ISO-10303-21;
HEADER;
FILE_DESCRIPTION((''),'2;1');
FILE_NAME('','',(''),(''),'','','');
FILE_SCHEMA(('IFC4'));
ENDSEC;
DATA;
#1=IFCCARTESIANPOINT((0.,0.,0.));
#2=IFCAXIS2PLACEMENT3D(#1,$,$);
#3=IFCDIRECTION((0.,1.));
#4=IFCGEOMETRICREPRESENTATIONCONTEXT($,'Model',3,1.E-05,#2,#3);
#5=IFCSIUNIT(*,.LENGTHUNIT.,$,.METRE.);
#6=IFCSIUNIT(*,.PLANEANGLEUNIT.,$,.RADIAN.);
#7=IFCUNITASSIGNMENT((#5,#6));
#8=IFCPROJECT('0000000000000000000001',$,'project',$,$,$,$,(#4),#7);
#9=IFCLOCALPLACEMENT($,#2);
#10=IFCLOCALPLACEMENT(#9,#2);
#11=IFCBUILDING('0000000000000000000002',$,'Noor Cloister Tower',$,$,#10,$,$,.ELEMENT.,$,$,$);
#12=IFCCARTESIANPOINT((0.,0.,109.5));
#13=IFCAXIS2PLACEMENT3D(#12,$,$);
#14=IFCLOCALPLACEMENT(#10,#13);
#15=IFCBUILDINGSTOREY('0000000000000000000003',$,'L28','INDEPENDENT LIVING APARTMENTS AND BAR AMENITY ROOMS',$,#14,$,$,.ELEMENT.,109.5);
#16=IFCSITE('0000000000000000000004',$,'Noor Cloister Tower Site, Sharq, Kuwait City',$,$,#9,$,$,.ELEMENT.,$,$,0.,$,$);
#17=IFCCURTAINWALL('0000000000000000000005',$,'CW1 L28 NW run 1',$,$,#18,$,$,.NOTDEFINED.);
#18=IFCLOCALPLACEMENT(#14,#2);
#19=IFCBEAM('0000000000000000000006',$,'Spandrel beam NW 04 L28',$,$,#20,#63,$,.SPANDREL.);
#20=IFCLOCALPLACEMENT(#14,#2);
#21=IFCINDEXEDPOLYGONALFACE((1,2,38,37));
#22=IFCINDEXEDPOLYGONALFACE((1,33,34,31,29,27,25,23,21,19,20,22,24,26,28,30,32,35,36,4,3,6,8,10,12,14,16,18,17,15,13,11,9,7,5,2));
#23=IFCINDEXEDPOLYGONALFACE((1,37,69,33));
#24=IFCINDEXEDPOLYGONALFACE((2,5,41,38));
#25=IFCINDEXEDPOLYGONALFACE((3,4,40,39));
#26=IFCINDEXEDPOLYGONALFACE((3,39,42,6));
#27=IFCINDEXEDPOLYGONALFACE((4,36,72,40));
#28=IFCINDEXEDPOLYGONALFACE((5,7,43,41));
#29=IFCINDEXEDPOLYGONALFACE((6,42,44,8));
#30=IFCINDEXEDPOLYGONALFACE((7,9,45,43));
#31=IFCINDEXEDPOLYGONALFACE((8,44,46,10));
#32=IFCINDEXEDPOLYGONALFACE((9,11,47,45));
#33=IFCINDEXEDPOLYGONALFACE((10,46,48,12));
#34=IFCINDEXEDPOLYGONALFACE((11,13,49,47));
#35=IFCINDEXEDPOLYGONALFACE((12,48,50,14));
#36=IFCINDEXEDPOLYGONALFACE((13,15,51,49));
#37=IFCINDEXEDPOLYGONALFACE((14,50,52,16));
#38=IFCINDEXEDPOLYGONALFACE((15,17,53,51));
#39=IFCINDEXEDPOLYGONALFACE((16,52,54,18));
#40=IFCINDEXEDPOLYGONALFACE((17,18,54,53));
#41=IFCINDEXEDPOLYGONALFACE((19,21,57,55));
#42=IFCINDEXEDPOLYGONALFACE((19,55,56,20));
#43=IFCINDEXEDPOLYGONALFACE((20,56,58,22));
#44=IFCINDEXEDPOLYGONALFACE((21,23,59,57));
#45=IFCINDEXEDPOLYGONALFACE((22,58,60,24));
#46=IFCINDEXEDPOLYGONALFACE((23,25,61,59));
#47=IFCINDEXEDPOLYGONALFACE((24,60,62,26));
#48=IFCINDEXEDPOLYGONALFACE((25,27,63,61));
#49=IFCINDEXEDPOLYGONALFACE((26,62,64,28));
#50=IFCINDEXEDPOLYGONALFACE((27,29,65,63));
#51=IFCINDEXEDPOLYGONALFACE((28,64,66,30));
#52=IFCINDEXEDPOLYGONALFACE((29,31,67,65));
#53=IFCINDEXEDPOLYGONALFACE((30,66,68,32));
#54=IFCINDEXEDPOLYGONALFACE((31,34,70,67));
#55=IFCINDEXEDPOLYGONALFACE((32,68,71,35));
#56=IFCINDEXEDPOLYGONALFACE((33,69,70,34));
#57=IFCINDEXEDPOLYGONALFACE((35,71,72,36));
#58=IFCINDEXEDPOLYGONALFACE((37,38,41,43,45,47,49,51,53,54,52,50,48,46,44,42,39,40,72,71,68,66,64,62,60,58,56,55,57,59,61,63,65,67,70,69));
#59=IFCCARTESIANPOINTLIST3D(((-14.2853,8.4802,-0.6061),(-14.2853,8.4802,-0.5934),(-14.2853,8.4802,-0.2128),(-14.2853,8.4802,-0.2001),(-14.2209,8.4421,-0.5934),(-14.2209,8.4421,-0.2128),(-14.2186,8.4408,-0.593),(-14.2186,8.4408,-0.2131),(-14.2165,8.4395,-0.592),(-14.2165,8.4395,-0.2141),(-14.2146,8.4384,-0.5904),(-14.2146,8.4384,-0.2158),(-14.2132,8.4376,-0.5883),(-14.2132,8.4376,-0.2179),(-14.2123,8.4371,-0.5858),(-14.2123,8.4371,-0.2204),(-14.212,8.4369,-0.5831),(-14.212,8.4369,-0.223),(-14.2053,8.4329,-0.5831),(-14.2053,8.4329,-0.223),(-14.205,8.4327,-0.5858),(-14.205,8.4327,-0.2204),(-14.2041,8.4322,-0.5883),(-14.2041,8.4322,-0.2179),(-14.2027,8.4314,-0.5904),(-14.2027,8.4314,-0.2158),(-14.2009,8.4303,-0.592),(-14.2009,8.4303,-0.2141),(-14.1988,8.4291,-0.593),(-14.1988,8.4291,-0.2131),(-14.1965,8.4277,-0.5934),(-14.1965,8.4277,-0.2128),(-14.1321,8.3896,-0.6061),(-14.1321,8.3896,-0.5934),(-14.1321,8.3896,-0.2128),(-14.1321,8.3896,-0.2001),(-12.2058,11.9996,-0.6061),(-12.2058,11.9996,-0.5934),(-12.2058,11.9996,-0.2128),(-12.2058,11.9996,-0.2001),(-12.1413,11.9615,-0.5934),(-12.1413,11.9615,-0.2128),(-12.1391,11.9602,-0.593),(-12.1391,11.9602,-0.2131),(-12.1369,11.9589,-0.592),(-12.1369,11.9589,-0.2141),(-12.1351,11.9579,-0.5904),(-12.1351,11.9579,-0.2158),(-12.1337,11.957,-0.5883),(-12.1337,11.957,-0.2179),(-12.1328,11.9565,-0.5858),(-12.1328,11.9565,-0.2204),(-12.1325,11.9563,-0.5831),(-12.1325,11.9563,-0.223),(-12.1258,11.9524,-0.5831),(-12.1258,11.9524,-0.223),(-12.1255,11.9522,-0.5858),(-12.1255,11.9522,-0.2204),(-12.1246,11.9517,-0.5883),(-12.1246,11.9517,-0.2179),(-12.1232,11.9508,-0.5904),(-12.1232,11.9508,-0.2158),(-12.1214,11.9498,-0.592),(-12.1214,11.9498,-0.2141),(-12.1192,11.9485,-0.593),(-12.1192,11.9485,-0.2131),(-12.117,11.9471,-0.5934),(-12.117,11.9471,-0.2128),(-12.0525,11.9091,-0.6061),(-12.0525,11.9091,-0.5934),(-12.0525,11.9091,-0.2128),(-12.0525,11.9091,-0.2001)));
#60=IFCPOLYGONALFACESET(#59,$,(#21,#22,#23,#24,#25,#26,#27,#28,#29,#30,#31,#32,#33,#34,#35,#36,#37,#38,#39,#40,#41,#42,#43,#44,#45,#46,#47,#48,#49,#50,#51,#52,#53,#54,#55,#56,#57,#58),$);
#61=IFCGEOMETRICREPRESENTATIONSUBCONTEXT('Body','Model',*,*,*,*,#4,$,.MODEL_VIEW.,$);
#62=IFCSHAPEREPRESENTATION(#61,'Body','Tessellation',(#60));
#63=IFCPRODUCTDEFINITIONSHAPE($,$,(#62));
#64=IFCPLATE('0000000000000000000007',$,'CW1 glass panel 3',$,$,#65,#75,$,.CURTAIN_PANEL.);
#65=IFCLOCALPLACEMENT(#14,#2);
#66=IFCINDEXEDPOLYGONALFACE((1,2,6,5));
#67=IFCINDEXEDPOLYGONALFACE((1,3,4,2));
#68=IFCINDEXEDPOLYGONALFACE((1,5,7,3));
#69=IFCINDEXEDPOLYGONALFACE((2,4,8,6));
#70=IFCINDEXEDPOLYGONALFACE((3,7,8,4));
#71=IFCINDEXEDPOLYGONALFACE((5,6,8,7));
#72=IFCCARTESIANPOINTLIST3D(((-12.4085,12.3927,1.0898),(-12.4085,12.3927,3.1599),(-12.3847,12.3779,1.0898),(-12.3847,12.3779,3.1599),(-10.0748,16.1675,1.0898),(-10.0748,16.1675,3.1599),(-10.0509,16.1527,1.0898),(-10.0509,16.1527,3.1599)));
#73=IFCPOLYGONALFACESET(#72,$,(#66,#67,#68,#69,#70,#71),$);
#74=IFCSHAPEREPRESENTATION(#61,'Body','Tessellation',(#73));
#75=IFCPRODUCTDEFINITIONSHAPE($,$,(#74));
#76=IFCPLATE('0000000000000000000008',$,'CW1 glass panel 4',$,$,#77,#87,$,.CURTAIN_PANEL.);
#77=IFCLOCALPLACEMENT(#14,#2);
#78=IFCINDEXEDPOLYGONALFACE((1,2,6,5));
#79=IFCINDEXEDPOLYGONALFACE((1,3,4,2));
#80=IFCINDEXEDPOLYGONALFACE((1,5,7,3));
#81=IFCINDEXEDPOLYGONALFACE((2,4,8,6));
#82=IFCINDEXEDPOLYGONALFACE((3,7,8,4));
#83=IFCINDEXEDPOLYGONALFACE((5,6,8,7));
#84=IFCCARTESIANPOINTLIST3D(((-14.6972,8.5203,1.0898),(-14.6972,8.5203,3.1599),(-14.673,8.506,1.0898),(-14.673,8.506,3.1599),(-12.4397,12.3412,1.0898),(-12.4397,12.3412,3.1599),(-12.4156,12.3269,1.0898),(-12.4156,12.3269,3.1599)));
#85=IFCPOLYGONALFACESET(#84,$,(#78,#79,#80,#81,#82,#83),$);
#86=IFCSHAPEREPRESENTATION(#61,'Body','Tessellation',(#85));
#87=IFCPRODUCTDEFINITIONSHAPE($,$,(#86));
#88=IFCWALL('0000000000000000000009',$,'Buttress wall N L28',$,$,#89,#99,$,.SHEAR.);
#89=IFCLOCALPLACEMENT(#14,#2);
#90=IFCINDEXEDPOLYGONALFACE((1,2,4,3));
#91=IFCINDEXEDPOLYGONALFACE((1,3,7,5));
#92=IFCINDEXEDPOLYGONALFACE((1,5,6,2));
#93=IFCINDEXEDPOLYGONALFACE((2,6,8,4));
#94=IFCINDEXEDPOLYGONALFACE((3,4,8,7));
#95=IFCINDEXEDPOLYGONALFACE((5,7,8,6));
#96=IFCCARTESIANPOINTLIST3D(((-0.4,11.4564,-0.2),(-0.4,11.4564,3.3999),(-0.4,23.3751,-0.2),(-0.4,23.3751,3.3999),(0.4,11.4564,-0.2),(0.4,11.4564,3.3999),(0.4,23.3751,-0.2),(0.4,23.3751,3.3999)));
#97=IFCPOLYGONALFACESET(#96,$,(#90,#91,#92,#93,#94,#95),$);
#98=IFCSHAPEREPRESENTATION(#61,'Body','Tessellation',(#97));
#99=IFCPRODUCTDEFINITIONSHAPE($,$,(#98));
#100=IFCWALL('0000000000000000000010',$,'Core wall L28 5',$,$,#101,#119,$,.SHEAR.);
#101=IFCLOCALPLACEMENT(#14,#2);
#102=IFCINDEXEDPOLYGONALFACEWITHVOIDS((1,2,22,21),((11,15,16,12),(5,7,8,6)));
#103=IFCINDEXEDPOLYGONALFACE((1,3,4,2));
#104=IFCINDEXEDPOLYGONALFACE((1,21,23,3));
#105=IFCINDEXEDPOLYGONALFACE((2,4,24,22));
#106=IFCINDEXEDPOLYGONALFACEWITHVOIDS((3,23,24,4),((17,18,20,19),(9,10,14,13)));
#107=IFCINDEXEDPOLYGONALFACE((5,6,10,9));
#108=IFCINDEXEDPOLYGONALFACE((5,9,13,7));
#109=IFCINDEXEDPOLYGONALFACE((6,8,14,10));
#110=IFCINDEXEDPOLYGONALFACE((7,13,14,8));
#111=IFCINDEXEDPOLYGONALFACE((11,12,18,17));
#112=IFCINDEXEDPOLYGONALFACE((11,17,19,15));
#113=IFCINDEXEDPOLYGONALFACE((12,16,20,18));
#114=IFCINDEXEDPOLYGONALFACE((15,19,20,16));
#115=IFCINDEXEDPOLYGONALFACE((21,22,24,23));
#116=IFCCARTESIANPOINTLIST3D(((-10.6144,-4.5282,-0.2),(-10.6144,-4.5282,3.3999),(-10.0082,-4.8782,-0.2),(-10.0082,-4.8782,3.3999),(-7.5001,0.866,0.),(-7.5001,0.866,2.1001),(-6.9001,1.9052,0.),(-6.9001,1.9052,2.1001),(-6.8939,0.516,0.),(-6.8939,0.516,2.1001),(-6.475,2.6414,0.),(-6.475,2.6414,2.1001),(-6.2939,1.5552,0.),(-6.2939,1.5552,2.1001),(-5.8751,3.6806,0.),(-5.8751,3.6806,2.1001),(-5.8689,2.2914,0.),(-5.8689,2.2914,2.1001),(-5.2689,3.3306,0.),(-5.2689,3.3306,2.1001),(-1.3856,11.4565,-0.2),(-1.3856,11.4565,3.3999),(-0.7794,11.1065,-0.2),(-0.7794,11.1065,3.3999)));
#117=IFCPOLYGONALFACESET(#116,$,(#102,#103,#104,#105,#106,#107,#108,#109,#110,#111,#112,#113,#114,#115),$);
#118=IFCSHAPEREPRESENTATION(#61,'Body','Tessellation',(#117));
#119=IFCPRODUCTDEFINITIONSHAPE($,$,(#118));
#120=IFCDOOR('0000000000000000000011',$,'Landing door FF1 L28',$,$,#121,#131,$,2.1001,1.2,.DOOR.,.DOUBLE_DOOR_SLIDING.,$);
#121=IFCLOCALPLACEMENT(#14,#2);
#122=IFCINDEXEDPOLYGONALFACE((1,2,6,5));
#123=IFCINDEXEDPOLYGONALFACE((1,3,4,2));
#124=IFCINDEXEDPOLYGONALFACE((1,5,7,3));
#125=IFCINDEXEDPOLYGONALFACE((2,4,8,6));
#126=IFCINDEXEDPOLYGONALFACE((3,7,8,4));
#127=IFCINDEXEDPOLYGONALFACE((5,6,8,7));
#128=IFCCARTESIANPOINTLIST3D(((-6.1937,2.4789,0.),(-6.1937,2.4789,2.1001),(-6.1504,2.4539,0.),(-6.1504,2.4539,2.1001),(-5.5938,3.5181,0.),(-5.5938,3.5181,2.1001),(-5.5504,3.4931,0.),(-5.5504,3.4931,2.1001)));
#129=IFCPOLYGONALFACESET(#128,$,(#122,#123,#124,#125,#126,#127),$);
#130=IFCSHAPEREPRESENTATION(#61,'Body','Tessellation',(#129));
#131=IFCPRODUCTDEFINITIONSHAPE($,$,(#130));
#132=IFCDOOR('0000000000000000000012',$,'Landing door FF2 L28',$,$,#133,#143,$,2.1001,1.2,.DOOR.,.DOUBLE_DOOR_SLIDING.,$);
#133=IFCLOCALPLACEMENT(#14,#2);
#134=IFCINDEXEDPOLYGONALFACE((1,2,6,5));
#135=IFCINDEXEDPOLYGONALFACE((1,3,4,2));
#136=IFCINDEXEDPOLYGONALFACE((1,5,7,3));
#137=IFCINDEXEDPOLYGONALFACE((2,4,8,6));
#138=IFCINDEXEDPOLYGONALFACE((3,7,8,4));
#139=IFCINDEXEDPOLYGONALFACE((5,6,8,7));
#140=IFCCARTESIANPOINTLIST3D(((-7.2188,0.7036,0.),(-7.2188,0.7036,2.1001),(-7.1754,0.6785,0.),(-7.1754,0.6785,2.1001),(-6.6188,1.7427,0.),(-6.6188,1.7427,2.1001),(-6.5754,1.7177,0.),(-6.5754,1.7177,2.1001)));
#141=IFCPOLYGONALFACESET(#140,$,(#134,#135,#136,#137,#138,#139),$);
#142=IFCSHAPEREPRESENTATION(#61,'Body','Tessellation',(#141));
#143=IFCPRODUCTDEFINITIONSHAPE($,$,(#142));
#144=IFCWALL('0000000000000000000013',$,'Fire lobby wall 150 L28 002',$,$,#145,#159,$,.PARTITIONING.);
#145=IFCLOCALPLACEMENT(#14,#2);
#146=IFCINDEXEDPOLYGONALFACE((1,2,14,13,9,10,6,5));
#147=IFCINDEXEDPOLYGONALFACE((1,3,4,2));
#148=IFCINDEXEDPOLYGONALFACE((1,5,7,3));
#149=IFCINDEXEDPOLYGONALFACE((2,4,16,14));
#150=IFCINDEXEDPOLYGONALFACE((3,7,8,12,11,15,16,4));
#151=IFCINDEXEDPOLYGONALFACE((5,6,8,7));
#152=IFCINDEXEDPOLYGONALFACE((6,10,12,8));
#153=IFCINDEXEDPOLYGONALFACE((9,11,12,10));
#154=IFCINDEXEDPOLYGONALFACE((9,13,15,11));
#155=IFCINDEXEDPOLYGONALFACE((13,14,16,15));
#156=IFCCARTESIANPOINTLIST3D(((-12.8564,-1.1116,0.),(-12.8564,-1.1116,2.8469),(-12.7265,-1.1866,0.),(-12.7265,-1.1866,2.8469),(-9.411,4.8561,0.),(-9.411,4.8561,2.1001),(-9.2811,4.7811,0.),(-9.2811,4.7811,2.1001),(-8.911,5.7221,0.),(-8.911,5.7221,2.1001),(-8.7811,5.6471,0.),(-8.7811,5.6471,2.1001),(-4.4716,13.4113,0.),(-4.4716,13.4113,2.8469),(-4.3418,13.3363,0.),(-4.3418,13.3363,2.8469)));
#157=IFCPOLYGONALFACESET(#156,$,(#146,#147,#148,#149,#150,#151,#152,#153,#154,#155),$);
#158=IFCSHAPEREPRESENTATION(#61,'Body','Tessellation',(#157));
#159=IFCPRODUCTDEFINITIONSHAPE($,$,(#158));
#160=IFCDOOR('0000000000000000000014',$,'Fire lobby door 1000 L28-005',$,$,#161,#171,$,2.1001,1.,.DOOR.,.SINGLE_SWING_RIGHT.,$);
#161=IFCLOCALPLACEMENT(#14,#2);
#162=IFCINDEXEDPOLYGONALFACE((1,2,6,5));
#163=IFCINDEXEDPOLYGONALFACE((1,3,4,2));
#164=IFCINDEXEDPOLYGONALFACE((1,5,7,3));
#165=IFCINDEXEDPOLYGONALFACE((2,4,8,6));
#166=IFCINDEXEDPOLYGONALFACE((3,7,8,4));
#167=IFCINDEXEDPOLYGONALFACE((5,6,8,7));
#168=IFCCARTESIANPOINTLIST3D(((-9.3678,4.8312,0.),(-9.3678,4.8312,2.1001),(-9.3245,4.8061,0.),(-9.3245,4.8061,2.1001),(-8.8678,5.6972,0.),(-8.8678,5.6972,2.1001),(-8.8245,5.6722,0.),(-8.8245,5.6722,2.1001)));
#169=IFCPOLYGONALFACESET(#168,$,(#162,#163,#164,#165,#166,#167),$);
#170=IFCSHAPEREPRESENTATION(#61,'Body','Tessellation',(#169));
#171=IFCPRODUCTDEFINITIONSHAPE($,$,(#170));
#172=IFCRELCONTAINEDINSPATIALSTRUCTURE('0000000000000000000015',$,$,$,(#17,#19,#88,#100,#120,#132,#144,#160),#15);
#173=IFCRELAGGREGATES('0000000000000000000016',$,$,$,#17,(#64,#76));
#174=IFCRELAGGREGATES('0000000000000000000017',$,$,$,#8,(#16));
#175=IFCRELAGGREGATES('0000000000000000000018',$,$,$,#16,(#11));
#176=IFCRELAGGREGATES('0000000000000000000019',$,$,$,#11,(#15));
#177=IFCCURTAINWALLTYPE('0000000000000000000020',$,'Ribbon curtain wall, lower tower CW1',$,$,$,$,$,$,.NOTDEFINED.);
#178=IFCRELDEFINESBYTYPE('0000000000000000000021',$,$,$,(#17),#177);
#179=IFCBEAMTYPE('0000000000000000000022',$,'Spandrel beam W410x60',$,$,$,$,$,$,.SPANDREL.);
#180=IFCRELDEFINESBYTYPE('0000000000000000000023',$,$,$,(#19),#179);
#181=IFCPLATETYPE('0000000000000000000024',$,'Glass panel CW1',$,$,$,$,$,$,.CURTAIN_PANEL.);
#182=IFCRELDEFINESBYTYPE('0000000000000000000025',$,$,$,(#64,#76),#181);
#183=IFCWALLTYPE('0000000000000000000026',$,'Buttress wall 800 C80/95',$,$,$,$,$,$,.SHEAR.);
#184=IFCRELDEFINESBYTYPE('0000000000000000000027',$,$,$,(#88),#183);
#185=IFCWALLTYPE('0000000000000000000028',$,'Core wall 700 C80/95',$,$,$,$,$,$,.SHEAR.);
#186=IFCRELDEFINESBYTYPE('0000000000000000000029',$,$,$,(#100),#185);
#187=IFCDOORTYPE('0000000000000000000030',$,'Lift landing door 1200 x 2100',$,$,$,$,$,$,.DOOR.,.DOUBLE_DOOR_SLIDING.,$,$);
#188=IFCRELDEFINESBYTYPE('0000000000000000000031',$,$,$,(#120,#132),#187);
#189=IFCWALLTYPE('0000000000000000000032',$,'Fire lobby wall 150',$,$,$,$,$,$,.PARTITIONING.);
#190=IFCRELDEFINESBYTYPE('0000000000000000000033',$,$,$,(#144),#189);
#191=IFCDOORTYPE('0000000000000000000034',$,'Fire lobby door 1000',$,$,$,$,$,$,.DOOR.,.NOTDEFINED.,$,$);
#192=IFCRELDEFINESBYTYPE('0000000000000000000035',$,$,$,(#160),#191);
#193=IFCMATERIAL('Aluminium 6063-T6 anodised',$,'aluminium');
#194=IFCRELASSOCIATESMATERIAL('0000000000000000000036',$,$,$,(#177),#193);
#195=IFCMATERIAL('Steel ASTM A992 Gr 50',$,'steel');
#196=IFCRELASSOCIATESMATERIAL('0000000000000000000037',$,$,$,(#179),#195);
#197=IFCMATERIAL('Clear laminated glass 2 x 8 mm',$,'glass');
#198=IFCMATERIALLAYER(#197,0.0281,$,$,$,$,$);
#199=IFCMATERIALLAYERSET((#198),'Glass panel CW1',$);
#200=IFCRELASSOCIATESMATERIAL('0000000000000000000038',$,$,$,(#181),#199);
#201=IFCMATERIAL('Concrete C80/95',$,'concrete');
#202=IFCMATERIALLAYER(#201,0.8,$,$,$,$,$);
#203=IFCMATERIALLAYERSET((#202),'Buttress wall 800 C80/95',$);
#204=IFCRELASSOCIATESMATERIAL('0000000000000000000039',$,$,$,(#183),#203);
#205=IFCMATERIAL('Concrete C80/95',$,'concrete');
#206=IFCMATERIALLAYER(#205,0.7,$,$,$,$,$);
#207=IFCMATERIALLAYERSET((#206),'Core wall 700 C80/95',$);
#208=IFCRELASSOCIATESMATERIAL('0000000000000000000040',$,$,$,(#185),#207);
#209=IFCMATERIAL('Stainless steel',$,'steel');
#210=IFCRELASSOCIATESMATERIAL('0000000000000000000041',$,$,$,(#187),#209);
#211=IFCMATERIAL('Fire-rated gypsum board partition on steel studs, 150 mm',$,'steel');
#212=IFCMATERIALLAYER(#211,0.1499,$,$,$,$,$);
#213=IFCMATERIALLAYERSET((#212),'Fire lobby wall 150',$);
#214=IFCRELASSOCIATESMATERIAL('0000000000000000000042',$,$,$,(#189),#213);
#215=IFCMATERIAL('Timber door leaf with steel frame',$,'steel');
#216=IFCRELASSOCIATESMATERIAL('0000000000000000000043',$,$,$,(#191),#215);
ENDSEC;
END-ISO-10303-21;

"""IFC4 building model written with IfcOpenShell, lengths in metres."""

from ifc_helpers import new_model, si_unit, direction, frame, frame_2d, origin, origin_2d, place, context, subcontext, project, spatial, rectangle, i_section, extrude, material, layer, layer_set, material_profile, profile_set, type_object, element, fill, aggregate, save


model = new_model("IFC4")

# Units and contexts
model_context = context("Model", 3, precision=1e-05, world=origin(), true_north=direction((0.0, 1.0)))
body_context = subcontext(model_context, "Body", "Model", "MODEL_VIEW")
ifc_project = project(units=[si_unit("LENGTHUNIT", "METRE"), si_unit("PLANEANGLEUNIT", "RADIAN")], contexts=[model_context])

# Site, building, storey
site_placement = place(None, origin())
site = spatial("IfcSite", under=ifc_project, at=site_placement, Name="Noor Cloister Tower Site, Sharq, Kuwait City", CompositionType="ELEMENT", RefElevation=0.0)
building_placement = place(site_placement, origin())
building = spatial("IfcBuilding", under=site, at=building_placement, Name="Noor Cloister Tower", CompositionType="ELEMENT")
storey_placement = place(building_placement, frame((0.0, 0.0, 109.5)))
storey = spatial("IfcBuildingStorey", under=building, at=storey_placement, Name="L28", Description="INDEPENDENT LIVING APARTMENTS AND BAR AMENITY ROOMS", CompositionType="ELEMENT", Elevation=109.5)

# Curtain wall
ifc_material_1 = material(Name="Aluminium 6063-T6 anodised", Category="aluminium")
curtain_wall_type = type_object("IfcCurtainWallType", Name="Ribbon curtain wall, lower tower CW1", PredefinedType="NOTDEFINED", material=ifc_material_1)
curtain_wall_placement = place(storey_placement, origin())
curtain_wall = element("IfcCurtainWall", 1, at=curtain_wall_placement, inside=storey, type_object=curtain_wall_type, Name="CW1 L28 NW run 1", PredefinedType="NOTDEFINED")

# Beam
ifc_material_2 = material(Name="Steel ASTM A992 Gr 50", Category="steel")
ifc_material_profile_1 = material_profile(ifc_material_2, i_section(OverallWidth=0.178, OverallDepth=0.406, WebThickness=0.0078, FlangeThickness=0.0127, FilletRadius=0.0103, at=origin_2d()), Name="W410x60")
ifc_profile_set_1 = profile_set([ifc_material_profile_1], Name="Steel ASTM A992 Gr 50")
beam_type_1 = type_object("IfcBeamType", Name="Spandrel beam W410x60", PredefinedType="SPANDREL", material=ifc_profile_set_1)
for number, where, z_axis, x_axis, name in (
    (2, (-12.1292, 11.9543, -0.4031), (-0.508705, -0.860941, 0.0), (0.860941, -0.508705, 0.0), "Spandrel beam NW 04 L28"),
):
    element("IfcBeam", number, at=place(storey_placement, frame(where, z_axis=z_axis, x_axis=x_axis)), inside=storey, type_object=beam_type_1, Name=name, PredefinedType="SPANDREL", context=body_context, shape_type="SweptSolid", body=[
        extrude(i_section(OverallWidth=0.178, OverallDepth=0.406, WebThickness=0.0078, FlangeThickness=0.0127, FilletRadius=0.0103, at=origin_2d()), origin(), (0.0, 0.0, 1.0), 4.0879),
    ])

# Plates
ifc_material_3 = material(Name="Clear laminated glass 2 x 8 mm", Category="glass")
ifc_layer_1 = layer(ifc_material_3, 0.0281)
ifc_layer_set_1 = layer_set([ifc_layer_1], Name="Glass panel CW1")
plate_type = type_object("IfcPlateType", Name="Glass panel CW1", PredefinedType="CURTAIN_PANEL", material=ifc_layer_set_1)
plate_1_placement = place(storey_placement, frame((-11.2297, 14.2727, 1.0898), z_axis=(0.0, 0.0, 1.0), x_axis=(-0.525852, -0.850576, 0.0)))
plate_1 = element("IfcPlate", 3, at=plate_1_placement, type_object=plate_type, Name="CW1 glass panel 3", PredefinedType="CURTAIN_PANEL", context=body_context, shape_type="SweptSolid", body=[
    extrude(rectangle(XDim=4.438, YDim=0.0281, at=origin_2d()), origin(), (0.0, 0.0, 1.0), 2.0701),
])
plate_2_placement = place(storey_placement, frame((-13.5564, 10.4236, 1.0898), z_axis=(0.0, 0.0, 1.0), x_axis=(-0.508669, -0.860962, 0.0)))
plate_2 = element("IfcPlate", 4, at=plate_2_placement, type_object=plate_type, Name="CW1 glass panel 4", PredefinedType="CURTAIN_PANEL", context=body_context, shape_type="SweptSolid", body=[
    extrude(rectangle(XDim=4.438, YDim=0.0281, at=origin_2d()), origin(), (0.0, 0.0, 1.0), 2.0701),
])
aggregate(curtain_wall, [plate_1, plate_2])

# Wall
ifc_material_4 = material(Name="Concrete C80/95", Category="concrete")
ifc_layer_2 = layer(ifc_material_4, 0.8)
ifc_layer_set_2 = layer_set([ifc_layer_2], Name="Buttress wall 800 C80/95")
wall_type_1 = type_object("IfcWallType", Name="Buttress wall 800 C80/95", PredefinedType="SHEAR", material=ifc_layer_set_2)
wall_1_placement = place(storey_placement, frame((0.0, 11.4563, -0.2), z_axis=(0.0, 0.0, 1.0), x_axis=(0.0, 1.0, 0.0)))
element("IfcWall", 5, at=wall_1_placement, inside=storey, type_object=wall_type_1, Name="Buttress wall N L28", PredefinedType="SHEAR", context=body_context, shape_type="SweptSolid", body=[
    extrude(rectangle(XDim=11.9187, YDim=0.8, at=frame_2d((5.9595, 0.0))), origin(), (0.0, 0.0, 1.0), 3.5999),
])

# Wall, openings, doors
ifc_material_5 = material(Name="Concrete C80/95", Category="concrete")
ifc_layer_3 = layer(ifc_material_5, 0.7)
ifc_layer_set_3 = layer_set([ifc_layer_3], Name="Core wall 700 C80/95")
wall_type_2 = type_object("IfcWallType", Name="Core wall 700 C80/95", PredefinedType="SHEAR", material=ifc_layer_set_3)
wall_2_placement = place(storey_placement, frame((-1.0825, 11.2815, -0.2), z_axis=(0.0, 0.0, 1.0), x_axis=(-0.500001, -0.866025, 0.0)))
wall_2 = element("IfcWall", 6, at=wall_2_placement, inside=storey, type_object=wall_type_2, Name="Core wall L28 5", PredefinedType="SHEAR", context=body_context, shape_type="SweptSolid", body=[
    extrude(rectangle(XDim=18.4575, YDim=0.7, at=frame_2d((9.2288, 0.0))), origin(), (0.0, 0.0, 1.0), 3.5999),
])
opening_1_placement = place(wall_2_placement, frame((8.9788, 0.0, 0.2)))
opening_1 = element("IfcOpeningElement", 7, at=opening_1_placement, cuts=wall_2, PredefinedType="OPENING", context=body_context, shape_type="SweptSolid", body=[
    extrude(rectangle(XDim=1.2, YDim=2.1001, at=frame_2d((0.6001, 1.05))), frame((0.0, 0.3599, 0.0), z_axis=(0.0, -1.0, 0.0), x_axis=(1.0, 0.0, 0.0)), (0.0, 0.0, 1.0), 0.72),
])
opening_2_placement = place(wall_2_placement, frame((11.0288, 0.0, 0.2)))
opening_2 = element("IfcOpeningElement", 8, at=opening_2_placement, cuts=wall_2, PredefinedType="OPENING", context=body_context, shape_type="SweptSolid", body=[
    extrude(rectangle(XDim=1.2, YDim=2.1001, at=frame_2d((0.6001, 1.05))), frame((0.0, 0.3599, 0.0), z_axis=(0.0, -1.0, 0.0), x_axis=(1.0, 0.0, 0.0)), (0.0, 0.0, 1.0), 0.72),
])
ifc_material_6 = material(Name="Stainless steel", Category="steel")
door_type_1 = type_object("IfcDoorType", Name="Lift landing door 1200 x 2100", OperationType="DOUBLE_DOOR_SLIDING", PredefinedType="DOOR", material=ifc_material_6)
door_1_placement = place(opening_1_placement, origin())
door_1 = element("IfcDoor", 9, at=door_1_placement, inside=storey, type_object=door_type_1, Name="Landing door FF1 L28", OperationType="DOUBLE_DOOR_SLIDING", OverallHeight=2.1001, OverallWidth=1.2, PredefinedType="DOOR", context=body_context, shape_type="SweptSolid", body=[
    extrude(rectangle(XDim=1.2, YDim=2.1001, at=frame_2d((0.6001, 1.05))), frame((0.0, 0.0249, 0.0), z_axis=(0.0, -1.0, 0.0), x_axis=(1.0, 0.0, 0.0)), (0.0, 0.0, 1.0), 0.05),
])
fill(opening_1, door_1)
door_2_placement = place(opening_2_placement, origin())
door_2 = element("IfcDoor", 10, at=door_2_placement, inside=storey, type_object=door_type_1, Name="Landing door FF2 L28", OperationType="DOUBLE_DOOR_SLIDING", OverallHeight=2.1001, OverallWidth=1.2, PredefinedType="DOOR", context=body_context, shape_type="SweptSolid", body=[
    extrude(rectangle(XDim=1.2, YDim=2.1001, at=frame_2d((0.6001, 1.05))), frame((0.0, 0.0249, 0.0), z_axis=(0.0, -1.0, 0.0), x_axis=(1.0, 0.0, 0.0)), (0.0, 0.0, 1.0), 0.05),
])
fill(opening_2, door_2)

# Wall, opening, door
ifc_material_7 = material(Name="Fire-rated gypsum board partition on steel studs, 150 mm", Category="steel")
ifc_layer_4 = layer(ifc_material_7, 0.1499)
ifc_layer_set_4 = layer_set([ifc_layer_4], Name="Fire lobby wall 150")
wall_type_3 = type_object("IfcWallType", Name="Fire lobby wall 150", PredefinedType="PARTITIONING", material=ifc_layer_set_4)
wall_3_placement = place(storey_placement, frame((-4.4067, 13.3738, 0.0), z_axis=(0.0, 0.0, 1.0), x_axis=(-0.499997, -0.866027, 0.0)))
wall_3 = element("IfcWall", 11, at=wall_3_placement, inside=storey, type_object=wall_type_3, Name="Fire lobby wall 150 L28 002", PredefinedType="PARTITIONING", context=body_context, shape_type="SweptSolid", body=[
    extrude(rectangle(XDim=16.7695, YDim=0.1499, at=frame_2d((8.3848, 0.0))), origin(), (0.0, 0.0, 1.0), 2.8469),
])
opening_3_placement = place(wall_3_placement, frame((8.8787, 0.0, 0.0)))
opening_3 = element("IfcOpeningElement", 12, at=opening_3_placement, cuts=wall_3, PredefinedType="OPENING", context=body_context, shape_type="SweptSolid", body=[
    extrude(rectangle(XDim=1.0, YDim=2.1001, at=frame_2d((0.5, 1.05))), frame((0.0, 0.085, 0.0), z_axis=(0.0, -1.0, 0.0), x_axis=(1.0, 0.0, 0.0)), (0.0, 0.0, 1.0), 0.1699),
])
ifc_material_8 = material(Name="Timber door leaf with steel frame", Category="steel")
door_type_2 = type_object("IfcDoorType", Name="Fire lobby door 1000", OperationType="NOTDEFINED", PredefinedType="DOOR", material=ifc_material_8)
door_3_placement = place(opening_3_placement, origin())
door_3 = element("IfcDoor", 13, at=door_3_placement, inside=storey, type_object=door_type_2, Name="Fire lobby door 1000 L28-005", OperationType="SINGLE_SWING_RIGHT", OverallHeight=2.1001, OverallWidth=1.0, PredefinedType="DOOR", context=body_context, shape_type="SweptSolid", body=[
    extrude(rectangle(XDim=1.0, YDim=2.1001, at=frame_2d((0.5, 1.05))), frame((0.0, 0.0249, 0.0), z_axis=(0.0, -1.0, 0.0), x_axis=(1.0, 0.0, 0.0)), (0.0, 0.0, 1.0), 0.05),
])
fill(opening_3, door_3)

save(model, "model.ifc")
